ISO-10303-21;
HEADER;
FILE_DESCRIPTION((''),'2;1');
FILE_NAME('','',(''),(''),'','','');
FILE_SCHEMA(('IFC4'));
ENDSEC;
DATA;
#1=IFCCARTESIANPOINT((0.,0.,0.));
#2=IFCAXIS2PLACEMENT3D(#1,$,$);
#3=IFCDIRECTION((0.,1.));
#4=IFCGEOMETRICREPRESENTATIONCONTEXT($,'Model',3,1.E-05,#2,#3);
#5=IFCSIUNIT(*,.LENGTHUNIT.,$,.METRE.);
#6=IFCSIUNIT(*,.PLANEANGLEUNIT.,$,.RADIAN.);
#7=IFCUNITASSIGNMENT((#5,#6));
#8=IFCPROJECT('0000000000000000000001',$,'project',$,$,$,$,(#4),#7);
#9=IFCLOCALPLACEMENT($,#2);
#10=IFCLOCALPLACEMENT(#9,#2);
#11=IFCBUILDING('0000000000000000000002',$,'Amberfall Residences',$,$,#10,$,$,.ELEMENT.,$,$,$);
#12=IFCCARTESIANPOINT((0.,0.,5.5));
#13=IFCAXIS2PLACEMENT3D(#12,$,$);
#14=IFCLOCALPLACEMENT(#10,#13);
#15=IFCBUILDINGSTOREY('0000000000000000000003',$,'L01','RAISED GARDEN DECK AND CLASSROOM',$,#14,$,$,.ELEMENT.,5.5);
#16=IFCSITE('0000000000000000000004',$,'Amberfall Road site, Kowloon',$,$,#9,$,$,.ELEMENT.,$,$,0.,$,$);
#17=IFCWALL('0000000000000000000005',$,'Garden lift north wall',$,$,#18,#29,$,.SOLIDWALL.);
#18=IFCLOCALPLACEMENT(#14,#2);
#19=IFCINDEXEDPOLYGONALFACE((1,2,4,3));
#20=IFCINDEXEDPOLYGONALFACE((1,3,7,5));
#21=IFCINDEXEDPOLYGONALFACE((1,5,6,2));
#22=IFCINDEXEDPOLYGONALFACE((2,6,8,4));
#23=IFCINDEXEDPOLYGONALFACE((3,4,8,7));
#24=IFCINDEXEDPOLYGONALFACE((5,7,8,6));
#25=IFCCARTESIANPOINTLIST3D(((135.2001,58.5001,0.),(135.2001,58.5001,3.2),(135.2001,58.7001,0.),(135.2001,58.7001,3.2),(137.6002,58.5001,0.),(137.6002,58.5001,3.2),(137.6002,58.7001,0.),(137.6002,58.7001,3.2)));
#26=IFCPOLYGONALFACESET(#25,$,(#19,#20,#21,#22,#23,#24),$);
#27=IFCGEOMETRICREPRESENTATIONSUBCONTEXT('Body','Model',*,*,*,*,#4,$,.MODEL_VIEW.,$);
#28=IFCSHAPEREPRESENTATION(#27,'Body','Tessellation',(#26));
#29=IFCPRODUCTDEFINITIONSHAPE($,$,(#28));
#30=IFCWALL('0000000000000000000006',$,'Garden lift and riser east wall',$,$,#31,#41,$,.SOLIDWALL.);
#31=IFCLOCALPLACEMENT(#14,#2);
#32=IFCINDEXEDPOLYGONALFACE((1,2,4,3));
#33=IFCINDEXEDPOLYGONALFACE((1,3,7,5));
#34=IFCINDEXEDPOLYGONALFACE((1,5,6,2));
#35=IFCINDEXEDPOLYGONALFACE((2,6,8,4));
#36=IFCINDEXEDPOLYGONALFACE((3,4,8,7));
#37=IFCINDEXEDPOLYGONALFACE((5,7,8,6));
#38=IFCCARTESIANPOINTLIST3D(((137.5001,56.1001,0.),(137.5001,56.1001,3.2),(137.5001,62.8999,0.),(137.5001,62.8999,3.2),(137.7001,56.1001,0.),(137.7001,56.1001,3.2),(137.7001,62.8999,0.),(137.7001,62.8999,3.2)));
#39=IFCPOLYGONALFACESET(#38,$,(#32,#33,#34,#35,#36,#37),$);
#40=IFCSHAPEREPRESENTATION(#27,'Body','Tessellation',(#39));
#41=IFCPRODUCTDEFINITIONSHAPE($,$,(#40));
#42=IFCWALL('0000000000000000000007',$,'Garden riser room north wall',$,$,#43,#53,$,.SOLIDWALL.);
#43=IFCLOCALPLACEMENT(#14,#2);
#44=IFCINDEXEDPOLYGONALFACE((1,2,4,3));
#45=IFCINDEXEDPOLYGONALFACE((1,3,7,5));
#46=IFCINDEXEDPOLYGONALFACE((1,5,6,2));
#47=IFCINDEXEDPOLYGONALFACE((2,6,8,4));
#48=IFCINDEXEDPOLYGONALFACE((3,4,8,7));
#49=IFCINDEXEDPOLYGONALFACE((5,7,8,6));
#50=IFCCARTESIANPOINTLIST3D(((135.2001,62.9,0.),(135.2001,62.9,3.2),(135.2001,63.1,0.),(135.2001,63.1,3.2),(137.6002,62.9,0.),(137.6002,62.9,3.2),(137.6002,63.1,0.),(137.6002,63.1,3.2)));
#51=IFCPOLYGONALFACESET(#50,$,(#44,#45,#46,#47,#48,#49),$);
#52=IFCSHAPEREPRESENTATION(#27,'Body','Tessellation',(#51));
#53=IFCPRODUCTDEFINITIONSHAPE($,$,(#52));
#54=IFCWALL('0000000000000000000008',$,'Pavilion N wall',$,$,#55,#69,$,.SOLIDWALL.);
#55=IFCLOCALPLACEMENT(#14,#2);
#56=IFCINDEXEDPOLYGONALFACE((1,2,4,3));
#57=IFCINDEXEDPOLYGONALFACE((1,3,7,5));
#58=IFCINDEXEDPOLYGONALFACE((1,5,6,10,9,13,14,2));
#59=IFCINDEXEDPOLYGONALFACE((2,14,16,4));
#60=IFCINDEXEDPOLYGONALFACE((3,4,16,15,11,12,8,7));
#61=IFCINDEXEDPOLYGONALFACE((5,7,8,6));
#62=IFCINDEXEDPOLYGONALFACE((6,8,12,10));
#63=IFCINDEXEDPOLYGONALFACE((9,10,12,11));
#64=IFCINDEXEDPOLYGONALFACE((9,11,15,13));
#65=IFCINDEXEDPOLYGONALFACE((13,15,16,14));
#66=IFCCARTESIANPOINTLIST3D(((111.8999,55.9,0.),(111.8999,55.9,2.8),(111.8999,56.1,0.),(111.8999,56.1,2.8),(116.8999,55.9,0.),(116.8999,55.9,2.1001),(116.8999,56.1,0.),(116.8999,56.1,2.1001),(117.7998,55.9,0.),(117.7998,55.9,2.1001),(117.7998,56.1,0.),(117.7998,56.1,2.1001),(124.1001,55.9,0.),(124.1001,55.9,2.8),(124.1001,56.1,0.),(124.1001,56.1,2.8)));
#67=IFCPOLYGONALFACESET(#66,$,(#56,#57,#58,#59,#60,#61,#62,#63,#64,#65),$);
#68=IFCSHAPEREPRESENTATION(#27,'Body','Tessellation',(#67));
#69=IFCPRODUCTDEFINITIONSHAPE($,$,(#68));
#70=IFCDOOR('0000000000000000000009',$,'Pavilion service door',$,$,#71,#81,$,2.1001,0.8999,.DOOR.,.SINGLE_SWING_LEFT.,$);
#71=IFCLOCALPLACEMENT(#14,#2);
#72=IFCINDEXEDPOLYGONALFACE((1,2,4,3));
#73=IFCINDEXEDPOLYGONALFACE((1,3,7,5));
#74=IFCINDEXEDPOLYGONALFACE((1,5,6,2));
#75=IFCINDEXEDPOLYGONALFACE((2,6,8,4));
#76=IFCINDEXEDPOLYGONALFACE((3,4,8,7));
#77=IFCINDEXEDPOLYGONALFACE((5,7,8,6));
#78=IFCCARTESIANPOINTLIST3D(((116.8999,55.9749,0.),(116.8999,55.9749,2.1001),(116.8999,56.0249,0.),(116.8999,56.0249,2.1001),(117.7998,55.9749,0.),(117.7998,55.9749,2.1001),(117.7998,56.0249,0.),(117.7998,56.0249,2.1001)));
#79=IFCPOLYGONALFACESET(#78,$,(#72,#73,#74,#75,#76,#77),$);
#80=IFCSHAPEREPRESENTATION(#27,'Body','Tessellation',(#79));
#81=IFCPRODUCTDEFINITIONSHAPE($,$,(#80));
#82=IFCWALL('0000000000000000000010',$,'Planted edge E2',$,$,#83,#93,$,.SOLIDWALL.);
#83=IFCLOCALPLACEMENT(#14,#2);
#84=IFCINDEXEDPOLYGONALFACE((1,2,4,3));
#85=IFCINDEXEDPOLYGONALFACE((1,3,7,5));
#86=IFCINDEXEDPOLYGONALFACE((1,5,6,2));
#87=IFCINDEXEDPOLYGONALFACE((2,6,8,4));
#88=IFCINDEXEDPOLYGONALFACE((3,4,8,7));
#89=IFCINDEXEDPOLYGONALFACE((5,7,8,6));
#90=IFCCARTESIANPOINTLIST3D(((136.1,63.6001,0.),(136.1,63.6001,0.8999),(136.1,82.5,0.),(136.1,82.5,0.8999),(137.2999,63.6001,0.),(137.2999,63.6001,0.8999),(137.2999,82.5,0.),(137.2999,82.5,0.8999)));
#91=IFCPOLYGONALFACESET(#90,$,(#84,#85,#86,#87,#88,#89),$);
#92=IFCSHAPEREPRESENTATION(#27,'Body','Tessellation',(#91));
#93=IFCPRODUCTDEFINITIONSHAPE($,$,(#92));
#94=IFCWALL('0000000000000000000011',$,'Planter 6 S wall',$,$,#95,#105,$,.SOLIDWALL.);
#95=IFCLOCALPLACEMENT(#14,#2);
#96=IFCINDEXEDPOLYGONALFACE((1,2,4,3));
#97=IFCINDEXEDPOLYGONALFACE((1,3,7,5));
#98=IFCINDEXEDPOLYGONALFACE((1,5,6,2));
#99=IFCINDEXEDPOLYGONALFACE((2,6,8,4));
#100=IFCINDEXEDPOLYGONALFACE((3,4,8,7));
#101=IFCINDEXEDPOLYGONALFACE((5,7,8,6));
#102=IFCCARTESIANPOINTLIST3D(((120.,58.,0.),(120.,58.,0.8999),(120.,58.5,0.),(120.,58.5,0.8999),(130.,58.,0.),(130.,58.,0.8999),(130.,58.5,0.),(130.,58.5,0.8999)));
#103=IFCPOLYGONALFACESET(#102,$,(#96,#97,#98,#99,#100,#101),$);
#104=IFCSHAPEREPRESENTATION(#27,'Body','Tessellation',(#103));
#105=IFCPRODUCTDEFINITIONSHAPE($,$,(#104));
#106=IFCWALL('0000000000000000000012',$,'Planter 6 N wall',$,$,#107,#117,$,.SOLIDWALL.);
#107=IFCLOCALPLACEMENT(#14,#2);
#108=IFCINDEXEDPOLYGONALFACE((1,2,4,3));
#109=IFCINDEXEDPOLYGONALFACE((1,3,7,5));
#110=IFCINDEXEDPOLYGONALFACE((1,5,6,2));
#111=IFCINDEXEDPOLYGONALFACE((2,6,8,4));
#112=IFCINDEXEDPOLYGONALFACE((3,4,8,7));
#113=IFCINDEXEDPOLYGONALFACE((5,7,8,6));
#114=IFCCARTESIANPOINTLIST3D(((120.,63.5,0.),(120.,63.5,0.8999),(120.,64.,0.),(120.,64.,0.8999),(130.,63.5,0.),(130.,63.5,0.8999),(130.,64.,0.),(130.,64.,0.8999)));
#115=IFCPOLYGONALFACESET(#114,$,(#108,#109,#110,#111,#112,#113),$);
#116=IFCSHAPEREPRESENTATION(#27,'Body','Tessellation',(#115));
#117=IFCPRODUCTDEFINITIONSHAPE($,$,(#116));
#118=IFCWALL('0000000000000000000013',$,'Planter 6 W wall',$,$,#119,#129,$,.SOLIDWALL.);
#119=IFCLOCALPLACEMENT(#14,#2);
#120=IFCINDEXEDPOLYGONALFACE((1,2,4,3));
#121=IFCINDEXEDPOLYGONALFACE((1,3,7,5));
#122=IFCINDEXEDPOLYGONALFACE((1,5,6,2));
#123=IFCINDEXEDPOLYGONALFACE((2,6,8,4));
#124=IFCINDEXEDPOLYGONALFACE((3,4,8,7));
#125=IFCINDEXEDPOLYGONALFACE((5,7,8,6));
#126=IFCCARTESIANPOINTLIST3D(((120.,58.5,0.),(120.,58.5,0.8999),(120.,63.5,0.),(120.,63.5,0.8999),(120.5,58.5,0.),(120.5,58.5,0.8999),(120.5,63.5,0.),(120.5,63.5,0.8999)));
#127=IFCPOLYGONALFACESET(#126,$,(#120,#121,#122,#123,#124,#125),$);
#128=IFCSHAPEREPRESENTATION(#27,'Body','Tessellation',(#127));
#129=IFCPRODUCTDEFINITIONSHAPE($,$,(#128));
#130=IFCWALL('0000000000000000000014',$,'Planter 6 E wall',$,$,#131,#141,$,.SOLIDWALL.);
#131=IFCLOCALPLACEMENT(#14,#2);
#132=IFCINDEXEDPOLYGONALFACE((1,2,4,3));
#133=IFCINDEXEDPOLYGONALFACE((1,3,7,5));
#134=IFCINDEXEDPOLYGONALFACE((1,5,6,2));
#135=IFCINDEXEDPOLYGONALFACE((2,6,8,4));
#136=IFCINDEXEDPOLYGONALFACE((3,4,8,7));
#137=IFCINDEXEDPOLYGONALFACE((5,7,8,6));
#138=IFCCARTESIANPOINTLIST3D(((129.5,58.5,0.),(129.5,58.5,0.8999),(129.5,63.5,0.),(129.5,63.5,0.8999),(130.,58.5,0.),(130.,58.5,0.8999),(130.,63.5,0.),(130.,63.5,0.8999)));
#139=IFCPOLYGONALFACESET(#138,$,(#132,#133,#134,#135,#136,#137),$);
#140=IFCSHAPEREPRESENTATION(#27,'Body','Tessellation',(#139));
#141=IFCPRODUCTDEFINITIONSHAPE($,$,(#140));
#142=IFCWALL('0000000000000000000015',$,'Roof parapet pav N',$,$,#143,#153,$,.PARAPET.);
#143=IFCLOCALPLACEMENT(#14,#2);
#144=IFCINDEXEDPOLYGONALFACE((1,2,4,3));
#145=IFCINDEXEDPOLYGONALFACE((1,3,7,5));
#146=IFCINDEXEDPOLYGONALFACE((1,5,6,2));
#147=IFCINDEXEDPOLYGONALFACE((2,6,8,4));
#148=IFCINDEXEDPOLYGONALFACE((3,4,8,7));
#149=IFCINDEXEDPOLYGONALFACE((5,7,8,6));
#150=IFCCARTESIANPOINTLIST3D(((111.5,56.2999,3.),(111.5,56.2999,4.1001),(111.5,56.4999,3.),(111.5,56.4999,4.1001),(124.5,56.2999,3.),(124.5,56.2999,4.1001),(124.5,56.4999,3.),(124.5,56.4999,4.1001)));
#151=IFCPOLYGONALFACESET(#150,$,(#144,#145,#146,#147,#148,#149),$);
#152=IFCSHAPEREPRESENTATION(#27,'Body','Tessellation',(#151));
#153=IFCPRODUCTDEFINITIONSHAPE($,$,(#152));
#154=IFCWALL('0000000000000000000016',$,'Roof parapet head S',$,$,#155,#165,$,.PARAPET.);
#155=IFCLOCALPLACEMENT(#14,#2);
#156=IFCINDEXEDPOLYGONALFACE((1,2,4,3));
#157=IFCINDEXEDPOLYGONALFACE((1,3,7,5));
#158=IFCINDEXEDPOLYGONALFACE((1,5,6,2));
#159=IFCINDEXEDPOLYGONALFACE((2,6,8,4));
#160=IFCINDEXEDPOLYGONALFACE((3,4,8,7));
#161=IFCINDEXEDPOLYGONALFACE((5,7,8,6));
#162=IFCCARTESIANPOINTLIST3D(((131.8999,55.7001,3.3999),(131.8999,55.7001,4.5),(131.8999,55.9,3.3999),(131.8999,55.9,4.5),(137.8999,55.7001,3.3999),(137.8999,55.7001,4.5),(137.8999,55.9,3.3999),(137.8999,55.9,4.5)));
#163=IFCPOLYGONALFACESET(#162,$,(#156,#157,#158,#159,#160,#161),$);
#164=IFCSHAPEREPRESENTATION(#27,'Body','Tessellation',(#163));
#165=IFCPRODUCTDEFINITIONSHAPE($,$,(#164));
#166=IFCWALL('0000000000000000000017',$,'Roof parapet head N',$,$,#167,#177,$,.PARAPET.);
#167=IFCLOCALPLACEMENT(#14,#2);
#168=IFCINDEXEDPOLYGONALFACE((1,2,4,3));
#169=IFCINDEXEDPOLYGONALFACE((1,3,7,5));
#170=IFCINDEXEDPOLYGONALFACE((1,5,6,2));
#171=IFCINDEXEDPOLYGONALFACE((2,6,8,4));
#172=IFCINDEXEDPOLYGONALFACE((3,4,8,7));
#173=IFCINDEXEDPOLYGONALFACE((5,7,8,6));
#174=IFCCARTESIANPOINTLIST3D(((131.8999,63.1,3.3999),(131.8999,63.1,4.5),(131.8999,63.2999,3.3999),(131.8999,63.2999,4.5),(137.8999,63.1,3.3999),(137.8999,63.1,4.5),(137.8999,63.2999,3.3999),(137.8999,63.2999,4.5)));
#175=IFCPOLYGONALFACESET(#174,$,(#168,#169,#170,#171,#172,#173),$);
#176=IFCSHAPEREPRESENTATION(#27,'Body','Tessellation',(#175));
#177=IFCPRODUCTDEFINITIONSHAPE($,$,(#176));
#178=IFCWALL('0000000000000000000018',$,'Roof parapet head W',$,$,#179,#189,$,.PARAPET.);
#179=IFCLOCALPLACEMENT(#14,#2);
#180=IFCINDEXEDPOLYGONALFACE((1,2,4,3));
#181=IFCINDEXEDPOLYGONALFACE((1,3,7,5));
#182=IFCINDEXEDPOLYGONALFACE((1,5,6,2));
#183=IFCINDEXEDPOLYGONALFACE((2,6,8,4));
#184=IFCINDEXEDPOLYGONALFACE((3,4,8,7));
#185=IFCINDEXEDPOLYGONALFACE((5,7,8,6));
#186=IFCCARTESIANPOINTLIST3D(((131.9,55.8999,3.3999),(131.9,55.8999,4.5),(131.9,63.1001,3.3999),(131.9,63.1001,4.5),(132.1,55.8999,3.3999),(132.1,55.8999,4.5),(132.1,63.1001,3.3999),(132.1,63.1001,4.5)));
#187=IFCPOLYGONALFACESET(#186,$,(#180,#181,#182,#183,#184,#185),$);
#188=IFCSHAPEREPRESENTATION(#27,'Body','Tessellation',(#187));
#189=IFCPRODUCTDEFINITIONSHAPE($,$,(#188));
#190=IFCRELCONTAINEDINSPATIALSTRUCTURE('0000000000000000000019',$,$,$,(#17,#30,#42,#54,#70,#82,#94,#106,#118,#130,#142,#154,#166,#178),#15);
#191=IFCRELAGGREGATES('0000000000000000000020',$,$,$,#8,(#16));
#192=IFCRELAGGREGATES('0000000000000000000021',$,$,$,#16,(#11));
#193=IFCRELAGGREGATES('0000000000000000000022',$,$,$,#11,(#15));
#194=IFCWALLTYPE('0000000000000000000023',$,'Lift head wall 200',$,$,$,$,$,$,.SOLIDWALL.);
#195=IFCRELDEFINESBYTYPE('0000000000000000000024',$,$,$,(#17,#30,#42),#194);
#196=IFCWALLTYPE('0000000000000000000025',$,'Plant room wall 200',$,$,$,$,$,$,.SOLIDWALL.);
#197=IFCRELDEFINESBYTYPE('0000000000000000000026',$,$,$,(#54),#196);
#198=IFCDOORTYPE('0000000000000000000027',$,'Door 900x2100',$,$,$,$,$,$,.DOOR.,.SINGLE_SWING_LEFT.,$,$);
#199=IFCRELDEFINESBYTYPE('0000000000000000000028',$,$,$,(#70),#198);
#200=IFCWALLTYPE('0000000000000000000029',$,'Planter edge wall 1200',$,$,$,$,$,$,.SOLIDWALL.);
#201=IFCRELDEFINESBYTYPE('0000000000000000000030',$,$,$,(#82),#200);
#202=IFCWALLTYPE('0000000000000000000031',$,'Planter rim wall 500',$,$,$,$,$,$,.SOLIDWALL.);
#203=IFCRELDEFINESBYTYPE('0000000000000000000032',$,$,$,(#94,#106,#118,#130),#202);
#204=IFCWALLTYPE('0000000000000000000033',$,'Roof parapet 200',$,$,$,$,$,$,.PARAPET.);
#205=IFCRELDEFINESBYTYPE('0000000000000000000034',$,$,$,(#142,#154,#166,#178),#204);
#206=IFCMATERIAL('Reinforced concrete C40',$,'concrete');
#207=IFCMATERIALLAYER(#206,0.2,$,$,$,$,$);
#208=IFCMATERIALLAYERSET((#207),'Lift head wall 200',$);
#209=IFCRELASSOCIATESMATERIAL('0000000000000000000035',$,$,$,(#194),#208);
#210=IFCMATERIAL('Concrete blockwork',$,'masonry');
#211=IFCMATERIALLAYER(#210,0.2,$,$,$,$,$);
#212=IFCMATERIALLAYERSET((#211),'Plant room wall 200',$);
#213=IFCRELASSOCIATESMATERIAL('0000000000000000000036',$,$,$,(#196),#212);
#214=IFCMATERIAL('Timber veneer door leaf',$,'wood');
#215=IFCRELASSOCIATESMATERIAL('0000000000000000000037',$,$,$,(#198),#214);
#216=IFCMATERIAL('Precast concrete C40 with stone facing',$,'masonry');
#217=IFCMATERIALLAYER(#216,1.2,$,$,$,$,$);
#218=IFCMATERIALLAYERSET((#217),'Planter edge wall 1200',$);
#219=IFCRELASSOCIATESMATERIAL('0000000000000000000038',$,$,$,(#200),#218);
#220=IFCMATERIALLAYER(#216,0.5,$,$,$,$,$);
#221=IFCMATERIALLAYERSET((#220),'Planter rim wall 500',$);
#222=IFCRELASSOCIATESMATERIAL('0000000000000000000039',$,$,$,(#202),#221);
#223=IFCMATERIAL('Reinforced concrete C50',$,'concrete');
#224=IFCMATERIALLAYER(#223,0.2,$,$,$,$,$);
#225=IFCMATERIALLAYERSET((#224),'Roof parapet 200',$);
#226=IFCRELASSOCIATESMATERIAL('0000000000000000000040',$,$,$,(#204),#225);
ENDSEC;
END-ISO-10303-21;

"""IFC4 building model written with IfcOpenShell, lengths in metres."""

from ifc_helpers import new_model, si_unit, direction, frame, frame_2d, origin, place, context, subcontext, project, spatial, rectangle, extrude, material, layer, layer_set, type_object, element, fill, save


model = new_model("IFC4")

# Units and contexts
model_context = context("Model", 3, precision=1e-05, world=origin(), true_north=direction((0.0, 1.0)))
body_context = subcontext(model_context, "Body", "Model", "MODEL_VIEW")
ifc_project = project(units=[si_unit("LENGTHUNIT", "METRE"), si_unit("PLANEANGLEUNIT", "RADIAN")], contexts=[model_context])

# Site, building, storey
site_placement = place(None, origin())
site = spatial("IfcSite", under=ifc_project, at=site_placement, Name="Amberfall Road site, Kowloon", CompositionType="ELEMENT", RefElevation=0.0)
building_placement = place(site_placement, origin())
building = spatial("IfcBuilding", under=site, at=building_placement, Name="Amberfall Residences", CompositionType="ELEMENT")
storey_placement = place(building_placement, frame((0.0, 0.0, 5.5)))
storey = spatial("IfcBuildingStorey", under=building, at=storey_placement, Name="L01", Description="RAISED GARDEN DECK AND CLASSROOM", CompositionType="ELEMENT", Elevation=5.5)

# Shared definitions
ifc_material_1 = material(Name="Reinforced concrete C40", Category="concrete")
ifc_layer_1 = layer(ifc_material_1, 0.2)
ifc_layer_set_1 = layer_set([ifc_layer_1], Name="Lift head wall 200")
wall_type_1 = type_object("IfcWallType", Name="Lift head wall 200", PredefinedType="SOLIDWALL", material=ifc_layer_set_1)

# Walls
wall_1_placement = place(storey_placement, frame((135.2, 58.6001, 0.0), z_axis=(0.0, 0.0, 1.0), x_axis=(1.0, 0.0, 0.0)))
element("IfcWall", 1, at=wall_1_placement, inside=storey, type_object=wall_type_1, Name="Garden lift north wall", PredefinedType="SOLIDWALL", context=body_context, shape_type="SweptSolid", body=[
    extrude(rectangle(XDim=2.4001, YDim=0.2, at=frame_2d((1.2002, 0.0))), origin(), (0.0, 0.0, 1.0), 3.2),
])
wall_2_placement = place(storey_placement, frame((137.6001, 56.1001, 0.0), z_axis=(0.0, 0.0, 1.0), x_axis=(0.0, 1.0, 0.0)))
element("IfcWall", 2, at=wall_2_placement, inside=storey, type_object=wall_type_1, Name="Garden lift and riser east wall", PredefinedType="SOLIDWALL", context=body_context, shape_type="SweptSolid", body=[
    extrude(rectangle(XDim=6.7998, YDim=0.2, at=frame_2d((3.3999, 0.0))), origin(), (0.0, 0.0, 1.0), 3.2),
])
wall_3_placement = place(storey_placement, frame((135.2, 63.0, 0.0), z_axis=(0.0, 0.0, 1.0), x_axis=(1.0, 0.0, 0.0)))
element("IfcWall", 3, at=wall_3_placement, inside=storey, type_object=wall_type_1, Name="Garden riser room north wall", PredefinedType="SOLIDWALL", context=body_context, shape_type="SweptSolid", body=[
    extrude(rectangle(XDim=2.4001, YDim=0.2, at=frame_2d((1.2002, 0.0))), origin(), (0.0, 0.0, 1.0), 3.2),
])

# Wall, opening, door
ifc_material_2 = material(Name="Concrete blockwork", Category="masonry")
ifc_layer_2 = layer(ifc_material_2, 0.2)
ifc_layer_set_2 = layer_set([ifc_layer_2], Name="Plant room wall 200")
wall_type_2 = type_object("IfcWallType", Name="Plant room wall 200", PredefinedType="SOLIDWALL", material=ifc_layer_set_2)
wall_4_placement = place(storey_placement, frame((111.8999, 56.0, 0.0), z_axis=(0.0, 0.0, 1.0), x_axis=(1.0, 0.0, 0.0)))
wall_4 = element("IfcWall", 4, at=wall_4_placement, inside=storey, type_object=wall_type_2, Name="Pavilion N wall", PredefinedType="SOLIDWALL", context=body_context, shape_type="SweptSolid", body=[
    extrude(rectangle(XDim=12.2002, YDim=0.2, at=frame_2d((6.1001, 0.0))), origin(), (0.0, 0.0, 1.0), 2.8),
])
opening_1_placement = place(wall_4_placement, frame((5.0, 0.0, 0.0)))
opening_1 = element("IfcOpeningElement", 5, at=opening_1_placement, cuts=wall_4, PredefinedType="OPENING", context=body_context, shape_type="SweptSolid", body=[
    extrude(rectangle(XDim=0.8999, YDim=2.1001, at=frame_2d((0.45, 1.05))), frame((0.0, 0.1099, 0.0), z_axis=(0.0, -1.0, 0.0), x_axis=(1.0, 0.0, 0.0)), (0.0, 0.0, 1.0), 0.22),
])
ifc_material_3 = material(Name="Timber veneer door leaf", Category="wood")
door_type_1 = type_object("IfcDoorType", Name="Door 900x2100", OperationType="SINGLE_SWING_LEFT", PredefinedType="DOOR", material=ifc_material_3)
door_1_placement = place(opening_1_placement, origin())
door_1 = element("IfcDoor", 6, at=door_1_placement, inside=storey, type_object=door_type_1, Name="Pavilion service door", OperationType="SINGLE_SWING_LEFT", OverallHeight=2.1001, OverallWidth=0.8999, PredefinedType="DOOR", context=body_context, shape_type="SweptSolid", body=[
    extrude(rectangle(XDim=0.8999, YDim=2.1001, at=frame_2d((0.45, 1.05))), frame((0.0, 0.0249, 0.0), z_axis=(0.0, -1.0, 0.0), x_axis=(1.0, 0.0, 0.0)), (0.0, 0.0, 1.0), 0.05),
])
fill(opening_1, door_1)

# Walls
ifc_material_4 = material(Name="Precast concrete C40 with stone facing", Category="masonry")
ifc_layer_3 = layer(ifc_material_4, 1.2)
ifc_layer_set_3 = layer_set([ifc_layer_3], Name="Planter edge wall 1200")
wall_type_3 = type_object("IfcWallType", Name="Planter edge wall 1200", PredefinedType="SOLIDWALL", material=ifc_layer_set_3)
wall_5_placement = place(storey_placement, frame((136.7, 63.6001, 0.0), z_axis=(0.0, 0.0, 1.0), x_axis=(0.0, 1.0, 0.0)))
element("IfcWall", 7, at=wall_5_placement, inside=storey, type_object=wall_type_3, Name="Planted edge E2", PredefinedType="SOLIDWALL", context=body_context, shape_type="SweptSolid", body=[
    extrude(rectangle(XDim=18.8999, YDim=1.2, at=frame_2d((9.45, 0.0))), origin(), (0.0, 0.0, 1.0), 0.8999),
])
ifc_layer_4 = layer(ifc_material_4, 0.5)
ifc_layer_set_4 = layer_set([ifc_layer_4], Name="Planter rim wall 500")
wall_type_4 = type_object("IfcWallType", Name="Planter rim wall 500", PredefinedType="SOLIDWALL", material=ifc_layer_set_4)
for number, where, z_axis, x_axis, name in (
    (8, (120.0, 58.25, 0.0), (0.0, 0.0, 1.0), (1.0, 0.0, 0.0), "Planter 6 S wall"),
    (9, (120.0, 63.75, 0.0), (0.0, 0.0, 1.0), (1.0, 0.0, 0.0), "Planter 6 N wall"),
):
    element("IfcWall", number, at=place(storey_placement, frame(where, z_axis=z_axis, x_axis=x_axis)), inside=storey, type_object=wall_type_4, Name=name, PredefinedType="SOLIDWALL", context=body_context, shape_type="SweptSolid", body=[
        extrude(rectangle(XDim=10.0, YDim=0.5, at=frame_2d((5.0, 0.0))), origin(), (0.0, 0.0, 1.0), 0.8999),
    ])
for number, where, z_axis, x_axis, name in (
    (10, (120.25, 58.5, 0.0), (0.0, 0.0, 1.0), (0.0, 1.0, 0.0), "Planter 6 W wall"),
    (11, (129.75, 58.5, 0.0), (0.0, 0.0, 1.0), (0.0, 1.0, 0.0), "Planter 6 E wall"),
):
    element("IfcWall", number, at=place(storey_placement, frame(where, z_axis=z_axis, x_axis=x_axis)), inside=storey, type_object=wall_type_4, Name=name, PredefinedType="SOLIDWALL", context=body_context, shape_type="SweptSolid", body=[
        extrude(rectangle(XDim=5.0, YDim=0.5, at=frame_2d((2.5, 0.0))), origin(), (0.0, 0.0, 1.0), 0.8999),
    ])
ifc_material_5 = material(Name="Reinforced concrete C50", Category="concrete")
ifc_layer_5 = layer(ifc_material_5, 0.2)
ifc_layer_set_5 = layer_set([ifc_layer_5], Name="Roof parapet 200")
wall_type_5 = type_object("IfcWallType", Name="Roof parapet 200", PredefinedType="PARAPET", material=ifc_layer_set_5)
wall_6_placement = place(storey_placement, frame((111.5, 56.3999, 3.0), z_axis=(0.0, 0.0, 1.0), x_axis=(1.0, 0.0, 0.0)))
element("IfcWall", 12, at=wall_6_placement, inside=storey, type_object=wall_type_5, Name="Roof parapet pav N", PredefinedType="PARAPET", context=body_context, shape_type="SweptSolid", body=[
    extrude(rectangle(XDim=13.0, YDim=0.2, at=frame_2d((6.5, 0.0))), origin(), (0.0, 0.0, 1.0), 1.1001),
])
for number, where, z_axis, x_axis, name in (
    (13, (131.8999, 55.8, 3.3999), (0.0, 0.0, 1.0), (1.0, 0.0, 0.0), "Roof parapet head S"),
    (14, (131.8999, 63.2, 3.3999), (0.0, 0.0, 1.0), (1.0, 0.0, 0.0), "Roof parapet head N"),
):
    element("IfcWall", number, at=place(storey_placement, frame(where, z_axis=z_axis, x_axis=x_axis)), inside=storey, type_object=wall_type_5, Name=name, PredefinedType="PARAPET", context=body_context, shape_type="SweptSolid", body=[
        extrude(rectangle(XDim=6.0, YDim=0.2, at=frame_2d((3.0, 0.0))), origin(), (0.0, 0.0, 1.0), 1.1001),
    ])
for number, where, z_axis, x_axis, name in (
    (15, (132.0, 55.8999, 3.3999), (0.0, 0.0, 1.0), (0.0, 1.0, 0.0), "Roof parapet head W"),
):
    element("IfcWall", number, at=place(storey_placement, frame(where, z_axis=z_axis, x_axis=x_axis)), inside=storey, type_object=wall_type_5, Name=name, PredefinedType="PARAPET", context=body_context, shape_type="SweptSolid", body=[
        extrude(rectangle(XDim=7.2002, YDim=0.2, at=frame_2d((3.6001, 0.0))), origin(), (0.0, 0.0, 1.0), 1.1001),
    ])

save(model, "model.ifc")
